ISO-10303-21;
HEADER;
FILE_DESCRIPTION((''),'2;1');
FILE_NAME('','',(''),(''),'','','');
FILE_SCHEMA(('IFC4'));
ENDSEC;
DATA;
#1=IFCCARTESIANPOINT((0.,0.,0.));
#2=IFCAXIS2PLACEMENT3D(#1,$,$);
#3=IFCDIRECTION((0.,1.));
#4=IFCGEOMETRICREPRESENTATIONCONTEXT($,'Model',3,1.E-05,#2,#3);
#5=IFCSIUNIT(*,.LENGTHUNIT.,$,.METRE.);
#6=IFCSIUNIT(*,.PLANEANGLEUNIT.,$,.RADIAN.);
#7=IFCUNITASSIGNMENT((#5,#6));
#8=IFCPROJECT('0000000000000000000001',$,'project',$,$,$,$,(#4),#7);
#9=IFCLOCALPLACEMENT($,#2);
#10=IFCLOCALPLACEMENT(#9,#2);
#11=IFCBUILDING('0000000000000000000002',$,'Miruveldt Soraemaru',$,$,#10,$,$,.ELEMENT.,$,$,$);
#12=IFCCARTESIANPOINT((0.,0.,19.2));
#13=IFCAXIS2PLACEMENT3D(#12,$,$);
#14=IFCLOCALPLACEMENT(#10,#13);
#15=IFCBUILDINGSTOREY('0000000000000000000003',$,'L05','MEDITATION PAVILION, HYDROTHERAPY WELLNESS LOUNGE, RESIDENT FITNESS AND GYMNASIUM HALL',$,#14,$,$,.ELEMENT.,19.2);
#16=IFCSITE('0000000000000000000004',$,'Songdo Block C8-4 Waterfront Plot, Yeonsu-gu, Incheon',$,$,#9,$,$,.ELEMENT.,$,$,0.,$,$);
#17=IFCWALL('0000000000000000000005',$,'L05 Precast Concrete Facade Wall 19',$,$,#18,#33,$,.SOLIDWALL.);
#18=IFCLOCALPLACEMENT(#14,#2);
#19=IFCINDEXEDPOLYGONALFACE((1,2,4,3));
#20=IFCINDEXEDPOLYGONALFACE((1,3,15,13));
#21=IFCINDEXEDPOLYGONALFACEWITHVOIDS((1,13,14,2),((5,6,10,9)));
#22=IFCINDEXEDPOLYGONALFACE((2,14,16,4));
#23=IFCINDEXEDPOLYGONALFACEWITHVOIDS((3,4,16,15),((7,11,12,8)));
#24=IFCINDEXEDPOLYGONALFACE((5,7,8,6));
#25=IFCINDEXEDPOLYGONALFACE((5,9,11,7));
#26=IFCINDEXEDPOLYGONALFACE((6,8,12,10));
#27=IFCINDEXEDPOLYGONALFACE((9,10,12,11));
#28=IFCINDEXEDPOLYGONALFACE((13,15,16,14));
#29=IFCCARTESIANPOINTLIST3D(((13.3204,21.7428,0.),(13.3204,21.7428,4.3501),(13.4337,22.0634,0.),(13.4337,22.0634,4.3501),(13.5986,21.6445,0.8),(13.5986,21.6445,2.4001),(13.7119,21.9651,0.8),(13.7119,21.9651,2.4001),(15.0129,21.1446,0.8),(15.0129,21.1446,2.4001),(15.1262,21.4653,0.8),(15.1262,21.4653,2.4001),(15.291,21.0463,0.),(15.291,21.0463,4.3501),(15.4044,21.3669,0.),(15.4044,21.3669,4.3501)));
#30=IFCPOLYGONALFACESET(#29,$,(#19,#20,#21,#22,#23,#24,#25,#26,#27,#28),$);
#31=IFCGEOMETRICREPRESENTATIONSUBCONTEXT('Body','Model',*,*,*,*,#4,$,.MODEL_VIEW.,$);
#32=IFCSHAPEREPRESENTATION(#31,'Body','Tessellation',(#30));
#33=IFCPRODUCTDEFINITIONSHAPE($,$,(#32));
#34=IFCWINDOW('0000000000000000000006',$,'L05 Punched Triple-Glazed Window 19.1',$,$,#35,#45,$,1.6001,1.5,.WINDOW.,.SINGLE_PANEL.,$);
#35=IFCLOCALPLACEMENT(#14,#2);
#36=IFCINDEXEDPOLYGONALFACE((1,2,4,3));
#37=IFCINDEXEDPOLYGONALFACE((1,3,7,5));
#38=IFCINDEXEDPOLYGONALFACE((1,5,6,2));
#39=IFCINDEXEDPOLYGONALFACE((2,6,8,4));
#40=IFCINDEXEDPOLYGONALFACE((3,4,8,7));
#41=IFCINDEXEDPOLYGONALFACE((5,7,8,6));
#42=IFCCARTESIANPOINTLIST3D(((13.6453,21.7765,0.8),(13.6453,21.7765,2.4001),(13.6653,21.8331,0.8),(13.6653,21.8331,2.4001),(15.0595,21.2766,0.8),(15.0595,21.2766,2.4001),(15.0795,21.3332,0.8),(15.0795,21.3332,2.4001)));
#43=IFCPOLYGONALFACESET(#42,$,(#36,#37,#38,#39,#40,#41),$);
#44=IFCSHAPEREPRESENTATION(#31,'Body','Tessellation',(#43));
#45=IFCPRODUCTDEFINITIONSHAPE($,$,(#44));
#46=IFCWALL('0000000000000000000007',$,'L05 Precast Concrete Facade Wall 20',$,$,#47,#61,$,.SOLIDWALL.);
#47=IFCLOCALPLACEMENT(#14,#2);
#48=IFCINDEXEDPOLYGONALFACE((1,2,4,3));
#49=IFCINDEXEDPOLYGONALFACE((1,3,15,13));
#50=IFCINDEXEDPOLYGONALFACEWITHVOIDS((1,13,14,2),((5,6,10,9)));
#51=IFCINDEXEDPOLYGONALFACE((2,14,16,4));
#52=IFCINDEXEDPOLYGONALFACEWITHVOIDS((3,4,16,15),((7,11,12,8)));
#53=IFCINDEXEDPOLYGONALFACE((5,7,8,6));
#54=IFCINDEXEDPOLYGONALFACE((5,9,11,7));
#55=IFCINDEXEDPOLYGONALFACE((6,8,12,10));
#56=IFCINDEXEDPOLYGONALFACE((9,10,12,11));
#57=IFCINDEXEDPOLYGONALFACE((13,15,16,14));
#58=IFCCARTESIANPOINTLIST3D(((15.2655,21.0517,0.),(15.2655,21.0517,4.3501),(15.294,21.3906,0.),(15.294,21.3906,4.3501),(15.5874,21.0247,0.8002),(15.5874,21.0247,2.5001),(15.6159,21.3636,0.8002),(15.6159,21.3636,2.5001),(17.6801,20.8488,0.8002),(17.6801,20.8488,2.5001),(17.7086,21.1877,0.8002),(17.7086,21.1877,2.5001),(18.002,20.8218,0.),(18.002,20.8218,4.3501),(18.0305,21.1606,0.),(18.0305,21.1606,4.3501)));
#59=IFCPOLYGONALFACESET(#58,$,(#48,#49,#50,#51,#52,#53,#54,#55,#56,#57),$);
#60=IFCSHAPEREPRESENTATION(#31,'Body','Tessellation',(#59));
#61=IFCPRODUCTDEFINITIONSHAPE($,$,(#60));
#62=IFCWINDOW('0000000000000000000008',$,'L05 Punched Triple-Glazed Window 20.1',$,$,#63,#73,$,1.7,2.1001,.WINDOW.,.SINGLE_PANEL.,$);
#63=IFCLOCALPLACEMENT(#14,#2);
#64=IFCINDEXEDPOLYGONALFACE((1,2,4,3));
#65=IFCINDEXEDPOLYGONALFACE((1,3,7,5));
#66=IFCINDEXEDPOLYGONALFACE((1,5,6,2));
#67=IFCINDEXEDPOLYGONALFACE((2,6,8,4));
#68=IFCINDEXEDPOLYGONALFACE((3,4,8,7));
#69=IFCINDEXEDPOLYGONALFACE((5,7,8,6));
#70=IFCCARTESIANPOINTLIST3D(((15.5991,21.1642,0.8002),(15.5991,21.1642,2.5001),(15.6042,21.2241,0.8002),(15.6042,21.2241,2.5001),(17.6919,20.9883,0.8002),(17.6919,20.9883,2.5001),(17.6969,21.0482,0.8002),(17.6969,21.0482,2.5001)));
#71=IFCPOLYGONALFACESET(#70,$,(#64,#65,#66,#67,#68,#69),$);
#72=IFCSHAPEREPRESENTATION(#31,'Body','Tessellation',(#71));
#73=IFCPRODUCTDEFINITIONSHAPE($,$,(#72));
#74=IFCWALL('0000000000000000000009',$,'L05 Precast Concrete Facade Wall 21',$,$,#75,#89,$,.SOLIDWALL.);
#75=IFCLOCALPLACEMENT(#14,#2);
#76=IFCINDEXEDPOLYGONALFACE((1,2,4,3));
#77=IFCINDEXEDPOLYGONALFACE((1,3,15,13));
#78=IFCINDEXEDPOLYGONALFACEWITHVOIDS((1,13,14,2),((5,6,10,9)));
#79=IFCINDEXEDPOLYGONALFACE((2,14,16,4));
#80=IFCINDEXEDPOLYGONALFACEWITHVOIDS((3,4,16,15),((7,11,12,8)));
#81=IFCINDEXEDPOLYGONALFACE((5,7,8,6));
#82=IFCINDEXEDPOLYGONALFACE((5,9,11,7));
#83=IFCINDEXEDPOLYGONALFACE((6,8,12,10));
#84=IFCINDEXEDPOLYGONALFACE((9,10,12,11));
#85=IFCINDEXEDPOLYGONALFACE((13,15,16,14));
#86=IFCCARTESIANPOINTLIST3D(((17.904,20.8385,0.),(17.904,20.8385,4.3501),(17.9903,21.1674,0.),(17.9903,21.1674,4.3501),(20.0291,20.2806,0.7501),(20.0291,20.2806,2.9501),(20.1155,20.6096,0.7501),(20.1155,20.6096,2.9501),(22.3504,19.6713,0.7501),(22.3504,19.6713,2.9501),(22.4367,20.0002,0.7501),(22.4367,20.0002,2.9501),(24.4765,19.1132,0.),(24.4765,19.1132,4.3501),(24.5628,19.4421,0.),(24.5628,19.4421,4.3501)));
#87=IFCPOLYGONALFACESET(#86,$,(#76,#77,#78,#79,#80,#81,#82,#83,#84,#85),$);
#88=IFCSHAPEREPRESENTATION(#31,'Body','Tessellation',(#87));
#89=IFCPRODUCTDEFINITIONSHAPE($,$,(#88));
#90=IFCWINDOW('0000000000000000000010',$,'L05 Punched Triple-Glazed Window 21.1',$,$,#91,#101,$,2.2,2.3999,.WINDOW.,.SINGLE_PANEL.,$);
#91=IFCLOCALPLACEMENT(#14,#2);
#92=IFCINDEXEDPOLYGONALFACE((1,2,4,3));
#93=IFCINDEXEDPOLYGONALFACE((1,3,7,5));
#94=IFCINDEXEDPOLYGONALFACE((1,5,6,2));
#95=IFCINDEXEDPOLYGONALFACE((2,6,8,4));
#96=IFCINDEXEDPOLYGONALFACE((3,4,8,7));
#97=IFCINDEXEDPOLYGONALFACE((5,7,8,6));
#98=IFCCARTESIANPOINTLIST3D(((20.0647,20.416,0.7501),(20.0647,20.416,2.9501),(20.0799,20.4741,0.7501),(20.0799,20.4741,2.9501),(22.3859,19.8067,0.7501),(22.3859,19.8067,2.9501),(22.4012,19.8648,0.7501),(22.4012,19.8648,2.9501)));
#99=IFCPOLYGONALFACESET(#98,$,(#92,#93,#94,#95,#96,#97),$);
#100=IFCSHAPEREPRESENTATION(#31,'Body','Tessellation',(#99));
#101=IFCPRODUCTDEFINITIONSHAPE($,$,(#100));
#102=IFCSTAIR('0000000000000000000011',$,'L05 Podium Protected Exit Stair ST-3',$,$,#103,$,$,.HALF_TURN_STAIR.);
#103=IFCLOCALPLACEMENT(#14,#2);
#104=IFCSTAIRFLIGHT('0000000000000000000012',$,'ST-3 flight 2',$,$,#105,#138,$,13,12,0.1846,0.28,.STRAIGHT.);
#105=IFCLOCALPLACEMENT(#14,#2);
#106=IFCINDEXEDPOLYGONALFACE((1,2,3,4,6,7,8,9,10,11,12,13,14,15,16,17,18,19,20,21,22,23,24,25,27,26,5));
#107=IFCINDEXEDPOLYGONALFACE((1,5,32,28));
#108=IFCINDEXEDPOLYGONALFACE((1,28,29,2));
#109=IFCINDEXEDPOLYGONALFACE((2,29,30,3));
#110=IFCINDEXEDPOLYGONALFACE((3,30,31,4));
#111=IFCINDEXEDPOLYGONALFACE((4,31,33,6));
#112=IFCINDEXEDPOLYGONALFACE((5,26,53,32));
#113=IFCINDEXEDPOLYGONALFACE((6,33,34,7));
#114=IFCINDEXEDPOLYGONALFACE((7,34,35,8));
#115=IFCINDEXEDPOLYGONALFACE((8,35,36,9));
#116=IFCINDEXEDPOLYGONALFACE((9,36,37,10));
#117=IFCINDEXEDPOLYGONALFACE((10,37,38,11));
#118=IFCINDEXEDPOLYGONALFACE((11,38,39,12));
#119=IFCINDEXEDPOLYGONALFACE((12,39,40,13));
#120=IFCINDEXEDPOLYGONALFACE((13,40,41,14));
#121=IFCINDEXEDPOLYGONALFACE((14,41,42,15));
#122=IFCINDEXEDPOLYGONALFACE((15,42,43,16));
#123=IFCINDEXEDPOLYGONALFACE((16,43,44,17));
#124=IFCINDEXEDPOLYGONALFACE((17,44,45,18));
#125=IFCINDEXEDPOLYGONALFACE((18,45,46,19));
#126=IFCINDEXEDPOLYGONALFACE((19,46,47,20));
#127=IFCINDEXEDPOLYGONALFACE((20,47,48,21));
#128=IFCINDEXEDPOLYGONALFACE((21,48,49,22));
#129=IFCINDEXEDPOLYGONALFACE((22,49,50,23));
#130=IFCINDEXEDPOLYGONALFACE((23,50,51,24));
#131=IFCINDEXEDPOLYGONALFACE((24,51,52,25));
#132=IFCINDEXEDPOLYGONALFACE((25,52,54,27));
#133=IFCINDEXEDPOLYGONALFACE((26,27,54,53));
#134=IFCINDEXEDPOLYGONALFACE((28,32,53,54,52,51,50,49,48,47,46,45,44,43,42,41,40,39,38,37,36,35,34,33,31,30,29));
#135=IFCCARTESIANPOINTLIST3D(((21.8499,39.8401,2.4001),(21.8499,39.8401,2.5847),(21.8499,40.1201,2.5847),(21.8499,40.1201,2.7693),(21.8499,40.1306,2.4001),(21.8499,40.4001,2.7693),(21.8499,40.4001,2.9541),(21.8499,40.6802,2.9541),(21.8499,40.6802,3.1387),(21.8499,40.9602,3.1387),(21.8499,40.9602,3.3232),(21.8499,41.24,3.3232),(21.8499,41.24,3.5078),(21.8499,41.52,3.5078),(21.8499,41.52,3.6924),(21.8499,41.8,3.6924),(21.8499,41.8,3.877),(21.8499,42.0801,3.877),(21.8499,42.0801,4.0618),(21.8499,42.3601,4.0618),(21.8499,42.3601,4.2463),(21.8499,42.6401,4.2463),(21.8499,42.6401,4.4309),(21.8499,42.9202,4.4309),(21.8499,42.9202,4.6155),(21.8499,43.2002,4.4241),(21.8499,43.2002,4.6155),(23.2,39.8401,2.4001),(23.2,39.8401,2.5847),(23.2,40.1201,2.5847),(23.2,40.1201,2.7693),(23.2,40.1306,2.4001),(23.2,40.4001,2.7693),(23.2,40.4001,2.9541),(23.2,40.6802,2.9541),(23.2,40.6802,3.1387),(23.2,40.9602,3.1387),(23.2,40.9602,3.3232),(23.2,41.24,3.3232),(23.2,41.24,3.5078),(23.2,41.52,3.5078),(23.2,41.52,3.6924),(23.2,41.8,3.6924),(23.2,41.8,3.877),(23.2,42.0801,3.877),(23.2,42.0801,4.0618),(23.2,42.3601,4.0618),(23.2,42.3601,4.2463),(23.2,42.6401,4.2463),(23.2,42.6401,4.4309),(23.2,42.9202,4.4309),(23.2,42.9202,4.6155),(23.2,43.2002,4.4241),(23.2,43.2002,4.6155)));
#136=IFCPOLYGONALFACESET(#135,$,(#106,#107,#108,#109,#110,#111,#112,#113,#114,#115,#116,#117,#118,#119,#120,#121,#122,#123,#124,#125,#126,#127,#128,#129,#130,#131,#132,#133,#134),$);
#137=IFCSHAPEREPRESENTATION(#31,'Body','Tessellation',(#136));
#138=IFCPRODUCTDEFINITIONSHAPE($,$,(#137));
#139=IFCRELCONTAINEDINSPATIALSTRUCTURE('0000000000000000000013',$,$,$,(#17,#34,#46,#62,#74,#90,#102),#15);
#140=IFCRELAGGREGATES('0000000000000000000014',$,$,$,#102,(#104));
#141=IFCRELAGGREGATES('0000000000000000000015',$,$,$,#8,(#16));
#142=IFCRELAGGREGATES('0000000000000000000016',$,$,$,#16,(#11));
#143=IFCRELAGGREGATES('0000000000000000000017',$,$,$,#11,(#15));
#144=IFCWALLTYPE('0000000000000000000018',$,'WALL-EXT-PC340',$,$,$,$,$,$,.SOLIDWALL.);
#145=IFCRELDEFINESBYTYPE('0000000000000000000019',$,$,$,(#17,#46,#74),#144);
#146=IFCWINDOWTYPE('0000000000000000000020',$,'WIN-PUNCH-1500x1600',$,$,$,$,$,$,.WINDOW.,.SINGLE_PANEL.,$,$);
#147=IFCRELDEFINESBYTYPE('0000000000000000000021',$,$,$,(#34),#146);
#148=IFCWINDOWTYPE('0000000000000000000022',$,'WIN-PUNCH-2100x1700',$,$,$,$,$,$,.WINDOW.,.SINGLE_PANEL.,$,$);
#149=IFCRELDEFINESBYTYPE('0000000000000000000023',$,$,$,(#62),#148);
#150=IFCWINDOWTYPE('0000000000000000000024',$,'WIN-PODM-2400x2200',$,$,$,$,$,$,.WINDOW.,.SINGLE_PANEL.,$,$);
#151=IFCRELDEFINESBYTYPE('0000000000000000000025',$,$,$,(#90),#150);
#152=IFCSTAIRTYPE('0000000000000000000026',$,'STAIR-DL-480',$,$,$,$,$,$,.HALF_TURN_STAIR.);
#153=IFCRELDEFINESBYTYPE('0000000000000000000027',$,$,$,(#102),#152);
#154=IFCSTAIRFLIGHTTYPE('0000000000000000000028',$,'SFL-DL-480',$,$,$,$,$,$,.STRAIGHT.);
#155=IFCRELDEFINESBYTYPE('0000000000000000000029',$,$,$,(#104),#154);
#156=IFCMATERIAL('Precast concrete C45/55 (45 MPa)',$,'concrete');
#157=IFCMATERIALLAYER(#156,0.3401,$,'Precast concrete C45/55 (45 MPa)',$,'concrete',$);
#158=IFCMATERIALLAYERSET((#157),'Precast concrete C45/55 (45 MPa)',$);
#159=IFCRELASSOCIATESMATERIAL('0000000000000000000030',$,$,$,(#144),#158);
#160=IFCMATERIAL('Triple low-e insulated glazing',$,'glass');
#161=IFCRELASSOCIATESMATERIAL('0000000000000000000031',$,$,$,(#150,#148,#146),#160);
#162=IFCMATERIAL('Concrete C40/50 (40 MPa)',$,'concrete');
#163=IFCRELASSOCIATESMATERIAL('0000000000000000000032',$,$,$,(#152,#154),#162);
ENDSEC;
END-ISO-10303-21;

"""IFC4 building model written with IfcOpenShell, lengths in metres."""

from ifc_helpers import new_model, si_unit, direction, frame, frame_2d, origin, place, context, subcontext, project, spatial, polyline, rectangle, outline, extrude, material, layer, layer_set, type_object, element, fill, aggregate, save


model = new_model("IFC4")

# Units and contexts
model_context = context("Model", 3, precision=1e-05, world=origin(), true_north=direction((0.0, 1.0)))
body_context = subcontext(model_context, "Body", "Model", "MODEL_VIEW")
ifc_project = project(units=[si_unit("LENGTHUNIT", "METRE"), si_unit("PLANEANGLEUNIT", "RADIAN")], contexts=[model_context])

# Site, building, storey
site_placement = place(None, origin())
site = spatial("IfcSite", under=ifc_project, at=site_placement, Name="Songdo Block C8-4 Waterfront Plot, Yeonsu-gu, Incheon", CompositionType="ELEMENT", RefElevation=0.0)
building_placement = place(site_placement, origin())
building = spatial("IfcBuilding", under=site, at=building_placement, Name="Miruveldt Soraemaru", CompositionType="ELEMENT")
storey_placement = place(building_placement, frame((0.0, 0.0, 19.2)))
storey = spatial("IfcBuildingStorey", under=building, at=storey_placement, Name="L05", Description="MEDITATION PAVILION, HYDROTHERAPY WELLNESS LOUNGE, RESIDENT FITNESS AND GYMNASIUM HALL", CompositionType="ELEMENT", Elevation=19.2)

# Walls, openings, windows
ifc_material_1 = material(Name="Precast concrete C45/55 (45 MPa)", Category="concrete")
ifc_layer_1 = layer(ifc_material_1, 0.3401, Name="Precast concrete C45/55 (45 MPa)", Category="concrete")
ifc_layer_set_1 = layer_set([ifc_layer_1], Name="Precast concrete C45/55 (45 MPa)")
wall_type_1 = type_object("IfcWallType", Name="WALL-EXT-PC340", PredefinedType="SOLIDWALL", material=ifc_layer_set_1)
ifc_material_2 = material(Name="Triple low-e insulated glazing", Category="glass")
window_type_1 = type_object("IfcWindowType", Name="WIN-PODM-2400x2200", PartitioningType="SINGLE_PANEL", PredefinedType="WINDOW", material=ifc_material_2)
window_type_2 = type_object("IfcWindowType", Name="WIN-PUNCH-2100x1700", PartitioningType="SINGLE_PANEL", PredefinedType="WINDOW", material=ifc_material_2)
window_type_3 = type_object("IfcWindowType", Name="WIN-PUNCH-1500x1600", PartitioningType="SINGLE_PANEL", PredefinedType="WINDOW", material=ifc_material_2)
wall_1_placement = place(storey_placement, frame((13.3772, 21.9031, 0.0), z_axis=(0.0, 0.0, 1.0), x_axis=(0.942841, -0.333242, 0.0)))
wall_1 = element("IfcWall", 1, at=wall_1_placement, inside=storey, type_object=wall_type_1, Name="L05 Precast Concrete Facade Wall 19", PredefinedType="SOLIDWALL", context=body_context, shape_type="SweptSolid", body=[
    extrude(rectangle(XDim=2.0901, YDim=0.3401, at=frame_2d((1.0449, 0.0))), origin(), (0.0, 0.0, 1.0), 4.3501),
])
opening_1_placement = place(wall_1_placement, frame((0.2949, 0.0, 0.8)))
opening_1 = element("IfcOpeningElement", 2, at=opening_1_placement, cuts=wall_1, PredefinedType="OPENING", context=body_context, shape_type="SweptSolid", body=[
    extrude(rectangle(XDim=1.5, YDim=1.6001, at=frame_2d((0.75, 0.8))), frame((0.0, 0.1802, 0.0), z_axis=(0.0, -1.0, 0.0), x_axis=(1.0, 0.0, 0.0)), (0.0, 0.0, 1.0), 0.3601),
])
window_1_placement = place(opening_1_placement, origin())
window_1 = element("IfcWindow", 3, at=window_1_placement, inside=storey, type_object=window_type_3, Name="L05 Punched Triple-Glazed Window 19.1", OverallHeight=1.6001, OverallWidth=1.5, PartitioningType="SINGLE_PANEL", PredefinedType="WINDOW", context=body_context, shape_type="SweptSolid", body=[
    extrude(rectangle(XDim=1.5, YDim=1.6001, at=frame_2d((0.75, 0.8))), frame((0.0, 0.03, 0.0), z_axis=(0.0, -1.0, 0.0), x_axis=(1.0, 0.0, 0.0)), (0.0, 0.0, 1.0), 0.0601),
])
fill(opening_1, window_1)
wall_2_placement = place(storey_placement, frame((15.2798, 21.2212, 0.0), z_axis=(0.0, 0.0, 1.0), x_axis=(0.996487, -0.083752, 0.0)))
wall_2 = element("IfcWall", 4, at=wall_2_placement, inside=storey, type_object=wall_type_1, Name="L05 Precast Concrete Facade Wall 20", PredefinedType="SOLIDWALL", context=body_context, shape_type="SweptSolid", body=[
    extrude(rectangle(XDim=2.7461, YDim=0.3401, at=frame_2d((1.373, 0.0))), origin(), (0.0, 0.0, 1.0), 4.3501),
])
opening_2_placement = place(wall_2_placement, frame((0.323, 0.0, 0.8)))
opening_2 = element("IfcOpeningElement", 5, at=opening_2_placement, cuts=wall_2, PredefinedType="OPENING", context=body_context, shape_type="SweptSolid", body=[
    extrude(rectangle(XDim=2.1001, YDim=1.7, at=frame_2d((1.05, 0.8501))), frame((0.0, 0.1802, 0.0), z_axis=(0.0, -1.0, 0.0), x_axis=(1.0, 0.0, 0.0)), (0.0, 0.0, 1.0), 0.3601),
])
window_2_placement = place(opening_2_placement, origin())
window_2 = element("IfcWindow", 6, at=window_2_placement, inside=storey, type_object=window_type_2, Name="L05 Punched Triple-Glazed Window 20.1", OverallHeight=1.7, OverallWidth=2.1001, PartitioningType="SINGLE_PANEL", PredefinedType="WINDOW", context=body_context, shape_type="SweptSolid", body=[
    extrude(rectangle(XDim=2.1001, YDim=1.7, at=frame_2d((1.05, 0.8501))), frame((0.0, 0.03, 0.0), z_axis=(0.0, -1.0, 0.0), x_axis=(1.0, 0.0, 0.0)), (0.0, 0.0, 1.0), 0.0601),
])
fill(opening_2, window_2)
wall_3_placement = place(storey_placement, frame((17.9473, 21.0029, 0.0), z_axis=(0.0, 0.0, 1.0), x_axis=(0.967229, -0.253906, 0.0)))
wall_3 = element("IfcWall", 7, at=wall_3_placement, inside=storey, type_object=wall_type_1, Name="L05 Precast Concrete Facade Wall 21", PredefinedType="SOLIDWALL", context=body_context, shape_type="SweptSolid", body=[
    extrude(rectangle(XDim=6.7952, YDim=0.3401, at=frame_2d((3.3975, 0.0))), origin(), (0.0, 0.0, 1.0), 4.3501),
])
opening_3_placement = place(wall_3_placement, frame((2.197, 0.0, 0.75)))
opening_3 = element("IfcOpeningElement", 8, at=opening_3_placement, cuts=wall_3, PredefinedType="OPENING", context=body_context, shape_type="SweptSolid", body=[
    extrude(rectangle(XDim=2.3999, YDim=2.2, at=frame_2d((1.2, 1.1001))), frame((0.0, 0.1802, 0.0), z_axis=(0.0, -1.0, 0.0), x_axis=(1.0, 0.0, 0.0)), (0.0, 0.0, 1.0), 0.3601),
])
window_3_placement = place(opening_3_placement, origin())
window_3 = element("IfcWindow", 9, at=window_3_placement, inside=storey, type_object=window_type_1, Name="L05 Punched Triple-Glazed Window 21.1", OverallHeight=2.2, OverallWidth=2.3999, PartitioningType="SINGLE_PANEL", PredefinedType="WINDOW", context=body_context, shape_type="SweptSolid", body=[
    extrude(rectangle(XDim=2.3999, YDim=2.2, at=frame_2d((1.2, 1.1001))), frame((0.0, 0.03, 0.0), z_axis=(0.0, -1.0, 0.0), x_axis=(1.0, 0.0, 0.0)), (0.0, 0.0, 1.0), 0.0601),
])
fill(opening_3, window_3)

# Stair, stair flight
ifc_material_3 = material(Name="Concrete C40/50 (40 MPa)", Category="concrete")
stair_type = type_object("IfcStairType", Name="STAIR-DL-480", PredefinedType="HALF_TURN_STAIR", material=ifc_material_3)
stair_placement = place(storey_placement, origin())
stair = element("IfcStair", 10, at=stair_placement, inside=storey, type_object=stair_type, Name="L05 Podium Protected Exit Stair ST-3", PredefinedType="HALF_TURN_STAIR")
stair_flight_type = type_object("IfcStairFlightType", Name="SFL-DL-480", PredefinedType="STRAIGHT", material=ifc_material_3)
stair_flight_placement = place(storey_placement, frame((22.5249, 39.8401, 2.4001), z_axis=(0.0, 0.0, 1.0), x_axis=(0.0, 1.0, 0.0)))
stair_flight = element("IfcStairFlight", 11, at=stair_flight_placement, type_object=stair_flight_type, Name="ST-3 flight 2", NumberOfRisers=13, NumberOfTreads=12, PredefinedType="STRAIGHT", RiserHeight=0.1846, TreadLength=0.28, context=body_context, shape_type="SweptSolid", body=[
    extrude(outline(polyline([(0.0, 0.0), (0.0, 0.1846), (0.28, 0.1846), (0.28, 0.3691), (0.5601, 0.3691), (0.5601, 0.554), (0.8401, 0.554), (0.8401, 0.7385), (1.1201, 0.7385), (1.1201, 0.9231), (1.3999, 0.9231), (1.3999, 1.1077), (1.6799, 1.1077), (1.6799, 1.2922), (1.96, 1.2922), (1.96, 1.4768), (2.24, 1.4768), (2.24, 1.6616), (2.52, 1.6616), (2.52, 1.8462), (2.8, 1.8462), (2.8, 2.0308), (3.0801, 2.0308), (3.0801, 2.2153), (3.3601, 2.2153), (3.3601, 2.3999), (3.3601, 2.0239), (0.2905, 0.0), (0.0, 0.0)])), frame((0.0, 0.675, 0.0), z_axis=(0.0, -1.0, 0.0), x_axis=(1.0, 0.0, 0.0)), (0.0, 0.0, 1.0), 1.3501),
])
aggregate(stair, [stair_flight])

save(model, "model.ifc")
